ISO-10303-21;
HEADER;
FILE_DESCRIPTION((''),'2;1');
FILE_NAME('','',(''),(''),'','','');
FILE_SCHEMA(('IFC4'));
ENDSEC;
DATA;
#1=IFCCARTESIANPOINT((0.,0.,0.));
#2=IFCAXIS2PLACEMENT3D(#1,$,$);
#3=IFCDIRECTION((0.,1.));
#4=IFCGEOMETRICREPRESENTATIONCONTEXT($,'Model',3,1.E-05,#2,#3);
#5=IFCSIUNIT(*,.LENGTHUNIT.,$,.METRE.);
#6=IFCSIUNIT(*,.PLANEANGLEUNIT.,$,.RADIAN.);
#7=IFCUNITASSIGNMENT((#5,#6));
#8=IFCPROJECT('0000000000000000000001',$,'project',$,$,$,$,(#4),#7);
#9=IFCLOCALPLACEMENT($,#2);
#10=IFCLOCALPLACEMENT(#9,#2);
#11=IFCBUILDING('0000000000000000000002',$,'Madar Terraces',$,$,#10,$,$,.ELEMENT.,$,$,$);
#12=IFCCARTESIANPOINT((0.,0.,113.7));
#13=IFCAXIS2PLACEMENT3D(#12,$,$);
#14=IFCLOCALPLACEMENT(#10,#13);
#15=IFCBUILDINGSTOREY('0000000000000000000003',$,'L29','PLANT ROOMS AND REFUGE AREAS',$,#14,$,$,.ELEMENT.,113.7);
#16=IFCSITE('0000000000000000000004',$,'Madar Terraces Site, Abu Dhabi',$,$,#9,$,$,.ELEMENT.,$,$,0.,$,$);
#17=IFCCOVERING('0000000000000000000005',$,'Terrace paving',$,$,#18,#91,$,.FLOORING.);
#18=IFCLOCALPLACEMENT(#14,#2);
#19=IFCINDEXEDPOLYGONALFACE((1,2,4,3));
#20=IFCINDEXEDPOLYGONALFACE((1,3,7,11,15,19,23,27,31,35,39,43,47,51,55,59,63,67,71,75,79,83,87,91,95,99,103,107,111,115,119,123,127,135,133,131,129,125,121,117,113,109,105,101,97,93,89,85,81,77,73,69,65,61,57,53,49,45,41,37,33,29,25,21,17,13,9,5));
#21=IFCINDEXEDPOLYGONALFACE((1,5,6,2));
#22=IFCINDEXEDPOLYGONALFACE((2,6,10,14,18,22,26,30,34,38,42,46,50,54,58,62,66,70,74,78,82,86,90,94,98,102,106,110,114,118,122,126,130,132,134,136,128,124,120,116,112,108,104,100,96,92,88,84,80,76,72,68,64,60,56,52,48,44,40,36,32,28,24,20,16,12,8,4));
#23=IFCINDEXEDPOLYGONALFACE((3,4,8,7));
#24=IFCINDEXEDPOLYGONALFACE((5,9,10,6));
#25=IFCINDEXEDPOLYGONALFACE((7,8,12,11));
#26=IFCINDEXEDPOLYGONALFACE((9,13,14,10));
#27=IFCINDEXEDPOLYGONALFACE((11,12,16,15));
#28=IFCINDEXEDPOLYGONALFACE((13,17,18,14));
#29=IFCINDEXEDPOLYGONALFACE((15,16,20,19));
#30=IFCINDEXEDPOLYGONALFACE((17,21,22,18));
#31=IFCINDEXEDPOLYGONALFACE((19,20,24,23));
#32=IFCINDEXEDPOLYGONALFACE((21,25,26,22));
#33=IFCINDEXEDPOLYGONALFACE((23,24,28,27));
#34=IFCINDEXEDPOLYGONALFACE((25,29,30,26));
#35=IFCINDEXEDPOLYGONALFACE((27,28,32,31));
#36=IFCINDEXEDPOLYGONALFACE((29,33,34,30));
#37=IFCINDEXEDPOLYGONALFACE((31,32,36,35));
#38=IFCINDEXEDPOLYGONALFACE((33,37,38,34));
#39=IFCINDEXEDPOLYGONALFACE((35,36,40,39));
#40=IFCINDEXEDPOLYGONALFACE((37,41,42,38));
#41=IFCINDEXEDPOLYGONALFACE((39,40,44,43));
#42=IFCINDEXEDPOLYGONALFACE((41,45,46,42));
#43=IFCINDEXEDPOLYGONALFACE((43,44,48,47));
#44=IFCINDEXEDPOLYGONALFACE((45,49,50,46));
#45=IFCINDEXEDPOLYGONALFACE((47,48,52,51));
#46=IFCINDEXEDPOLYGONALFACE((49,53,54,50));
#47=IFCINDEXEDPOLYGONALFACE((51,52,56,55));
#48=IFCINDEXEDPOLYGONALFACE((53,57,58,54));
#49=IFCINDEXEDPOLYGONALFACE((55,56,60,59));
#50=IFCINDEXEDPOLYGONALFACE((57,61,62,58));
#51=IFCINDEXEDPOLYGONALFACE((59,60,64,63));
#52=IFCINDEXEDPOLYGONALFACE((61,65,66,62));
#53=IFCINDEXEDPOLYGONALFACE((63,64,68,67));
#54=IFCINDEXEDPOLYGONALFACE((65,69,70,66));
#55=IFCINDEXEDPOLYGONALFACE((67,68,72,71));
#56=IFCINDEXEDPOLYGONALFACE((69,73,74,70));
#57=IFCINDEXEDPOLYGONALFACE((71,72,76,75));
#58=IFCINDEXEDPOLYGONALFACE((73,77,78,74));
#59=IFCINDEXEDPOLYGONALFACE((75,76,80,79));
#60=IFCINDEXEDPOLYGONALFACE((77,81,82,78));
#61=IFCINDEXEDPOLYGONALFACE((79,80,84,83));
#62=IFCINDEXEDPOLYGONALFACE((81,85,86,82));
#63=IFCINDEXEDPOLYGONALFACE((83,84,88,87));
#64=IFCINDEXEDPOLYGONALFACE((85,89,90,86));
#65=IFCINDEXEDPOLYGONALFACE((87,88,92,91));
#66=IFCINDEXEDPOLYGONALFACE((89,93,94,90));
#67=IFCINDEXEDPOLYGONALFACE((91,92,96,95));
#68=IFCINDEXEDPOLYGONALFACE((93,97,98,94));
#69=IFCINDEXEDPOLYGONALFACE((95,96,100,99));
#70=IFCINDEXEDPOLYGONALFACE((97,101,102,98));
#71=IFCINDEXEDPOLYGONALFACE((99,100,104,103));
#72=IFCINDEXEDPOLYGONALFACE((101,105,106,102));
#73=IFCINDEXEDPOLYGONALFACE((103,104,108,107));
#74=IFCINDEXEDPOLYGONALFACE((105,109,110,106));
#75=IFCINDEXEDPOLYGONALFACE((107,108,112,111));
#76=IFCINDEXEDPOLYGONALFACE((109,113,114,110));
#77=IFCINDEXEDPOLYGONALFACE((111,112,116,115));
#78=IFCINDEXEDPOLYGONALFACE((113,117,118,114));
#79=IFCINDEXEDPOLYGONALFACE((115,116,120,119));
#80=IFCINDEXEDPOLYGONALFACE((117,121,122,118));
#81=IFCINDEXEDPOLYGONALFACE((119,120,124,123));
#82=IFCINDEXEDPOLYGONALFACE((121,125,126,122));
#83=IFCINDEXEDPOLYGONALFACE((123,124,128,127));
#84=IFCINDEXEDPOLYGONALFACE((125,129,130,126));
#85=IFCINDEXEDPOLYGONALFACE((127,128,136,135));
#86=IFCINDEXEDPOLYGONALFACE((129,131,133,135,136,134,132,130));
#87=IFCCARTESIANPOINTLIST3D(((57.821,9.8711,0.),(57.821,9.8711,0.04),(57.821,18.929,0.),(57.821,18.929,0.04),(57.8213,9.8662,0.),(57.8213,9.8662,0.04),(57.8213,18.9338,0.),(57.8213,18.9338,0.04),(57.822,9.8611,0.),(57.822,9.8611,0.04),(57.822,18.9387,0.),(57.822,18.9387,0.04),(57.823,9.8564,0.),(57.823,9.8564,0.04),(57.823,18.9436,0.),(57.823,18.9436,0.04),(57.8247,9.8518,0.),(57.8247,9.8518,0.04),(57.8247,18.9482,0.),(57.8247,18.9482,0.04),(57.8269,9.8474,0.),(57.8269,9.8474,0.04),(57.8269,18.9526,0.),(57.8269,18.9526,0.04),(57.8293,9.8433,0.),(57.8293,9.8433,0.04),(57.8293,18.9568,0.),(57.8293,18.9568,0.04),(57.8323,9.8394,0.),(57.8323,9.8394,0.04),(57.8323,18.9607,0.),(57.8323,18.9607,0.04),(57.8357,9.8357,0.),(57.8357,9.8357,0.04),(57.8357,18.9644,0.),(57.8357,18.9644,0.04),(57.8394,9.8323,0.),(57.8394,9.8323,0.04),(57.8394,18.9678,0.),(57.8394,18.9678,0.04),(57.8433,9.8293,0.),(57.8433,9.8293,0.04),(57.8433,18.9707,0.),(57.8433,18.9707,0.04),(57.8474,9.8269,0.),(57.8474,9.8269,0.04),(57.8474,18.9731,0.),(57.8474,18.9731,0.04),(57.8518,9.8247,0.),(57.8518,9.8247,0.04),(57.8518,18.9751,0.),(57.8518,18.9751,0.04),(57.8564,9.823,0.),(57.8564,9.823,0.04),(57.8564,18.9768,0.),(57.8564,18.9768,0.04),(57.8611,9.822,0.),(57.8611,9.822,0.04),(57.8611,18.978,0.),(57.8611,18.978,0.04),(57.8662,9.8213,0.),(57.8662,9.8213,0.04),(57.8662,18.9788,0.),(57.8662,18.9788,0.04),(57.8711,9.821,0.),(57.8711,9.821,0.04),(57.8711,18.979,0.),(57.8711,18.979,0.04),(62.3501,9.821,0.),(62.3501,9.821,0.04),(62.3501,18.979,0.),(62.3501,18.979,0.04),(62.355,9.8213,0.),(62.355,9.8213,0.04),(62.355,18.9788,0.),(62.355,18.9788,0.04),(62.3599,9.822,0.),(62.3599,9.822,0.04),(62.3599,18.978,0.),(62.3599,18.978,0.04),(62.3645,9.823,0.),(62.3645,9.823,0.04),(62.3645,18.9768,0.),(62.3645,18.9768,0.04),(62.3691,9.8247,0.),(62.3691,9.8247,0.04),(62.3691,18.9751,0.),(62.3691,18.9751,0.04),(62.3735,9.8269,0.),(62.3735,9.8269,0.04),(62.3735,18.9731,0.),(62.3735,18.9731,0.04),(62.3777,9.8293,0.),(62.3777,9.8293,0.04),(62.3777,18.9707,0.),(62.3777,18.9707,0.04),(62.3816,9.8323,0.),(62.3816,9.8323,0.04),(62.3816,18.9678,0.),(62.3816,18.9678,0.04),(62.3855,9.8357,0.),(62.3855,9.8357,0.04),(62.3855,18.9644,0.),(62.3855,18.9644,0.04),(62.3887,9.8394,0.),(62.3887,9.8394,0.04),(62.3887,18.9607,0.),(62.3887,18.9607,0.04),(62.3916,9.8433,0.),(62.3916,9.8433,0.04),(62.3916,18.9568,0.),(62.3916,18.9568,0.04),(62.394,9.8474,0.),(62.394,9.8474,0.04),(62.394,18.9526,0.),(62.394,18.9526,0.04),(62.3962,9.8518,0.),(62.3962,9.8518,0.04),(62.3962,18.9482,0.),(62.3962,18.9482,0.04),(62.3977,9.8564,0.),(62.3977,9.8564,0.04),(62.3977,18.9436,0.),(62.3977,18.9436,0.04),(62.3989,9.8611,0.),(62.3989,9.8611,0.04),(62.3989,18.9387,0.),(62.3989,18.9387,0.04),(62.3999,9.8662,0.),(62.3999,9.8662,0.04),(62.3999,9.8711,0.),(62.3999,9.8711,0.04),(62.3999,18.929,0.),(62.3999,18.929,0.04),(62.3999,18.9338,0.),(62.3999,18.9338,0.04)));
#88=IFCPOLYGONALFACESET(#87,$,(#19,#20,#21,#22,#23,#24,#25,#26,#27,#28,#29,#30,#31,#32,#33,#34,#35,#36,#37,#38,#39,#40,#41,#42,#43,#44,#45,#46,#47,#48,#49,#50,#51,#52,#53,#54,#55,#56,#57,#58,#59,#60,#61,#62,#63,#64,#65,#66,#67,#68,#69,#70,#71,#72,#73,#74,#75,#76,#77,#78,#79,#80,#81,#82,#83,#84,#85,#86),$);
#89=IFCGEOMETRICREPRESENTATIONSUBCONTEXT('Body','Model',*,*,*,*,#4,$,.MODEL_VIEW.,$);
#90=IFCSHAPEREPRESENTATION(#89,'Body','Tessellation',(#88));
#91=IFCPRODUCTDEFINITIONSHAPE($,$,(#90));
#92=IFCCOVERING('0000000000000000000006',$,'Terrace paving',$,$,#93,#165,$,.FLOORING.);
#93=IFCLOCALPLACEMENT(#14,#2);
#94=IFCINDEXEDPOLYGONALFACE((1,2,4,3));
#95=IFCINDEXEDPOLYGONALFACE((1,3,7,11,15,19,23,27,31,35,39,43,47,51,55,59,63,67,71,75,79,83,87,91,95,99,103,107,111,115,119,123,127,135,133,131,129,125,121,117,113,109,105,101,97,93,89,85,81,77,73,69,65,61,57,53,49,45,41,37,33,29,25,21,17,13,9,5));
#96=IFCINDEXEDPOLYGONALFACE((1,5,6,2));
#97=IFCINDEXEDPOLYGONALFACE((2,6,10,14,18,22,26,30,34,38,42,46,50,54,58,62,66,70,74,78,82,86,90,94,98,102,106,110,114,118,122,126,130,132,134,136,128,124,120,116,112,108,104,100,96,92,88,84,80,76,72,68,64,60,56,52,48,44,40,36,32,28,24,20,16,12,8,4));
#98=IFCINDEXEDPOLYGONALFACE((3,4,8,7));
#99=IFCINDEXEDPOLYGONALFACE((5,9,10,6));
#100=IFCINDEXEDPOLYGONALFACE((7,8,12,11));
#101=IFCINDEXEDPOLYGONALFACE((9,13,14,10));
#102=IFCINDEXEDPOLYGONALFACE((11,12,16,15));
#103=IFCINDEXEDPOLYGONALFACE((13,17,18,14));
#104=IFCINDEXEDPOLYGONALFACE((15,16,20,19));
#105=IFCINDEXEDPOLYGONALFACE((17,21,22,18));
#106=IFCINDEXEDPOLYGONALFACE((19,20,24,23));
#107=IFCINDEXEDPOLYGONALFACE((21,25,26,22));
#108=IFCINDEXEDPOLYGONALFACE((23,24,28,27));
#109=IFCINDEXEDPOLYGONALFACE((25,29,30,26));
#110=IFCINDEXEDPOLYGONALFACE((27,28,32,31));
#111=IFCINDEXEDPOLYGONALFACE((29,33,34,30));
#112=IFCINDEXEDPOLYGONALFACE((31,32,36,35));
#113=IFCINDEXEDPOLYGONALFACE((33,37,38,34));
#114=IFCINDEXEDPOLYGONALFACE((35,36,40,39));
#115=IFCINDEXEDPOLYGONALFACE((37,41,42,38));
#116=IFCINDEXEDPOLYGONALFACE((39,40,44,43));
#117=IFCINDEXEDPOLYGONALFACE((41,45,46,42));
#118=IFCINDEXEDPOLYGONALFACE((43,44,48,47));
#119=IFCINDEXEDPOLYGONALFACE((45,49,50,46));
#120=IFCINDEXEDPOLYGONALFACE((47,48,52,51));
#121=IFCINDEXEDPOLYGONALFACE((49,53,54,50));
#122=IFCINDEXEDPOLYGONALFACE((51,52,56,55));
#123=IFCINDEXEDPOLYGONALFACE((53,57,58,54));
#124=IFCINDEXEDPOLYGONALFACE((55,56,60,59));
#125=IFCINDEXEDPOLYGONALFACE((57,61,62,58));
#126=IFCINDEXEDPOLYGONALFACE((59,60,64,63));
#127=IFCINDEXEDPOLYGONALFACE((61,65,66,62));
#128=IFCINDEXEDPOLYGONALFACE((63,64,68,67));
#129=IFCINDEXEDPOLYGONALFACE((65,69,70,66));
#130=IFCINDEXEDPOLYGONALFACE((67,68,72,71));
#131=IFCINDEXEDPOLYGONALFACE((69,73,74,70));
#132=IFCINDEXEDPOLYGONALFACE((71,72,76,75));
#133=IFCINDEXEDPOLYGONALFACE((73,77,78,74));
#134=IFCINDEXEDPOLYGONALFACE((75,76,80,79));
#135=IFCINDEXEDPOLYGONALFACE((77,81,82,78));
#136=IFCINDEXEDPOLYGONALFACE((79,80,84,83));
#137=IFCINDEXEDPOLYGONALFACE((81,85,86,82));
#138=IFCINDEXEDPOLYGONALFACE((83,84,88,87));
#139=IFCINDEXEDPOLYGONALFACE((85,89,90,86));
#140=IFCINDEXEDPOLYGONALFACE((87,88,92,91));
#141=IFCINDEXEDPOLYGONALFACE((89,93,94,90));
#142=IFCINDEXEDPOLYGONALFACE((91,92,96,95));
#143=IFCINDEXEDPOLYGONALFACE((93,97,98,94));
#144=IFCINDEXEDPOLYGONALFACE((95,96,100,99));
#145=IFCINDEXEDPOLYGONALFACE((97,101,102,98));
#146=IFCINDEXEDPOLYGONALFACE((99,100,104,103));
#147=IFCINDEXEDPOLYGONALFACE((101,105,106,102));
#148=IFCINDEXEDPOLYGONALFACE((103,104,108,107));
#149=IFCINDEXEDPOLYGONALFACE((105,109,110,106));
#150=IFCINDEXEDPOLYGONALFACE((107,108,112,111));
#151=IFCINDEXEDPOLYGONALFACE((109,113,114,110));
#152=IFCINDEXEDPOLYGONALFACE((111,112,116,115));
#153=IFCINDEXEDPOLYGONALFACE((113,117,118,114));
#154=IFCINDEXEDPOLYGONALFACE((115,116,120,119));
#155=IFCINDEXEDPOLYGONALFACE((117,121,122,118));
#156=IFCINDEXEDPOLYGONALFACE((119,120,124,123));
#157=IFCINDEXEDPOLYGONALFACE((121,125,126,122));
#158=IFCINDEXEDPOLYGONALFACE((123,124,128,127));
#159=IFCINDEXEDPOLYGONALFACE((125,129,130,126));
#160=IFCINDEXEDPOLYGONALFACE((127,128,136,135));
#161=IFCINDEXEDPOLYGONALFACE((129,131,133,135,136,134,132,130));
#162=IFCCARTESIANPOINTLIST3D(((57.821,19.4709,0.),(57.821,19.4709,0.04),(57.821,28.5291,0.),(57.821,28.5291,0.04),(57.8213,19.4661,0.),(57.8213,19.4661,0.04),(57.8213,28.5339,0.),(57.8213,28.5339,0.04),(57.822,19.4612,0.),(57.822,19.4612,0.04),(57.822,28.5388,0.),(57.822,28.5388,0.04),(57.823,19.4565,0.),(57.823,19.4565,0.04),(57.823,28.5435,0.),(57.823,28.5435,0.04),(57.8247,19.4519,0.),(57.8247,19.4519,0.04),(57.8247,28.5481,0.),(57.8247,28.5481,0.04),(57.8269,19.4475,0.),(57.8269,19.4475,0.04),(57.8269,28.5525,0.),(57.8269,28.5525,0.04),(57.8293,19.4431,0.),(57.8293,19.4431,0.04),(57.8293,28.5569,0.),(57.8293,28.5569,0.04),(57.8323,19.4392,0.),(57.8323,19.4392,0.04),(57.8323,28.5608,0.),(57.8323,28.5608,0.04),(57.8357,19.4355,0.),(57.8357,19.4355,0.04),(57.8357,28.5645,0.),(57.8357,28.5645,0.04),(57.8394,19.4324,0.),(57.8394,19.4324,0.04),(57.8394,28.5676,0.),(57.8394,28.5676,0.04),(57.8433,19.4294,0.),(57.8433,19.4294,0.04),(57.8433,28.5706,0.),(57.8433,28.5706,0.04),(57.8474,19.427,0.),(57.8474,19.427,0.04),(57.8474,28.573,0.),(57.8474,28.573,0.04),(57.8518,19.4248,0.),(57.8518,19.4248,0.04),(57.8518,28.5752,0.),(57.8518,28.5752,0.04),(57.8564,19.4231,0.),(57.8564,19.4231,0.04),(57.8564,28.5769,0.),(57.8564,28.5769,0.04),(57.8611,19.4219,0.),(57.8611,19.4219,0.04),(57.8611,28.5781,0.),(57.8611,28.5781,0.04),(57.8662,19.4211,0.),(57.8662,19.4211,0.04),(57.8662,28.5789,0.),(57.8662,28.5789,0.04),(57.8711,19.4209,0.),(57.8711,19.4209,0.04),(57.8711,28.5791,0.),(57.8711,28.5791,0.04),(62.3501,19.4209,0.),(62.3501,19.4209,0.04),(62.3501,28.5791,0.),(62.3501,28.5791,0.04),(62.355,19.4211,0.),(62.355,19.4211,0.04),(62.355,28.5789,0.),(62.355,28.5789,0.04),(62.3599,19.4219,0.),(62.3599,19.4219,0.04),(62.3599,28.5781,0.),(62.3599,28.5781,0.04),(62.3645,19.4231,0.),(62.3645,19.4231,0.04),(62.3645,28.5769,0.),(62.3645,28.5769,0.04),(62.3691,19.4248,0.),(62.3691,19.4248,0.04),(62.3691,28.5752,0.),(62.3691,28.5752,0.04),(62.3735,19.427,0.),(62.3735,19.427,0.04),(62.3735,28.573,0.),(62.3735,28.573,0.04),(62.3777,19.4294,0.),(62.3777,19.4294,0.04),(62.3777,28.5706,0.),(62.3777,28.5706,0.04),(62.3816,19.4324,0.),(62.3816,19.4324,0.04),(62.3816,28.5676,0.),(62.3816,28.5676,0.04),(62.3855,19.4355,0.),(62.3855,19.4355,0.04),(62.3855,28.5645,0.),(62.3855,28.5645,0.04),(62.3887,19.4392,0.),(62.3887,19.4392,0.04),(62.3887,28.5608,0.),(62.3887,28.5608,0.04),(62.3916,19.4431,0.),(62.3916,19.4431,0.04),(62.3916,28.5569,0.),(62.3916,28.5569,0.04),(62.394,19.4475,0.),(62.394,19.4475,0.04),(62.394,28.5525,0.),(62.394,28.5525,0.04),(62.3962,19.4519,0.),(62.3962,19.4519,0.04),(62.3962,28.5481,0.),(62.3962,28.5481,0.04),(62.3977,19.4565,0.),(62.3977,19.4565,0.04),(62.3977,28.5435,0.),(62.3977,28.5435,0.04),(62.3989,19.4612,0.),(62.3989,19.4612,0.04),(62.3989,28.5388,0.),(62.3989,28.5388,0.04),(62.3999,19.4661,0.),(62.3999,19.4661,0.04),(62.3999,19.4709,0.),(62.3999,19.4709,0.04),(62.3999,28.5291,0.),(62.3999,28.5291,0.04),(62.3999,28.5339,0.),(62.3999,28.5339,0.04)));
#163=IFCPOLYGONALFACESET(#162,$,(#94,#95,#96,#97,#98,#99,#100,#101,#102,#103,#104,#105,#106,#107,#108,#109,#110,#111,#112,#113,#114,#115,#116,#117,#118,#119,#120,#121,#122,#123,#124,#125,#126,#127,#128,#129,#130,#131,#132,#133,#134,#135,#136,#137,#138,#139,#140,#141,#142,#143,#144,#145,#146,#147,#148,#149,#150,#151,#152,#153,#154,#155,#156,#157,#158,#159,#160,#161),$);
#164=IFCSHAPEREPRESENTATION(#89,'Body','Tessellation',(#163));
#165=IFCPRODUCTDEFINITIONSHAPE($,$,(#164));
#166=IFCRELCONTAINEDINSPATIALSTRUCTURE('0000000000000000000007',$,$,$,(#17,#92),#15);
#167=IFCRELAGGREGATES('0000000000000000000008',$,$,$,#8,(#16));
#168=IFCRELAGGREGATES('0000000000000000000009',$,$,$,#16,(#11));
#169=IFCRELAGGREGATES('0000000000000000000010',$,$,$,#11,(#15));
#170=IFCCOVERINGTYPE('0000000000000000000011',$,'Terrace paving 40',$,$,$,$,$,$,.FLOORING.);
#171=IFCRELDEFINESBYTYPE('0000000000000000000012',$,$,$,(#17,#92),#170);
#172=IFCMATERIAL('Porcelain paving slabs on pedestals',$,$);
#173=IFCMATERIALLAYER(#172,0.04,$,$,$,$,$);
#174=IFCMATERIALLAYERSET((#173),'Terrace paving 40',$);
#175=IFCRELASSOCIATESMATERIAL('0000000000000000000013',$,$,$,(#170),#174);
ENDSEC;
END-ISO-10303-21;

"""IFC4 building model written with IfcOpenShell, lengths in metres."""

from ifc_helpers import new_model, si_unit, direction, frame, origin, place, context, subcontext, project, spatial, polyline, outline, extrude, material, layer, layer_set, type_object, element, save


model = new_model("IFC4")

# Units and contexts
model_context = context("Model", 3, precision=1e-05, world=origin(), true_north=direction((0.0, 1.0)))
body_context = subcontext(model_context, "Body", "Model", "MODEL_VIEW")
ifc_project = project(units=[si_unit("LENGTHUNIT", "METRE"), si_unit("PLANEANGLEUNIT", "RADIAN")], contexts=[model_context])

# Site, building, storey
site_placement = place(None, origin())
site = spatial("IfcSite", under=ifc_project, at=site_placement, Name="Madar Terraces Site, Abu Dhabi", CompositionType="ELEMENT", RefElevation=0.0)
building_placement = place(site_placement, origin())
building = spatial("IfcBuilding", under=site, at=building_placement, Name="Madar Terraces", CompositionType="ELEMENT")
storey_placement = place(building_placement, frame((0.0, 0.0, 113.7)))
storey = spatial("IfcBuildingStorey", under=building, at=storey_placement, Name="L29", Description="PLANT ROOMS AND REFUGE AREAS", CompositionType="ELEMENT", Elevation=113.7)

# Coverings
ifc_material_1 = material(Name="Porcelain paving slabs on pedestals")
ifc_layer_1 = layer(ifc_material_1, 0.04)
ifc_layer_set_1 = layer_set([ifc_layer_1], Name="Terrace paving 40")
covering_type = type_object("IfcCoveringType", Name="Terrace paving 40", PredefinedType="FLOORING", material=ifc_layer_set_1)
covering_1_placement = place(storey_placement, origin())
element("IfcCovering", 1, at=covering_1_placement, inside=storey, type_object=covering_type, Name="Terrace paving", PredefinedType="FLOORING", context=body_context, shape_type="SweptSolid", body=[
    extrude(outline(polyline([(62.3977, 9.8564), (62.3962, 9.8518), (62.394, 9.8474), (62.3916, 9.8433), (62.3887, 9.8394), (62.3855, 9.8357), (62.3816, 9.8323), (62.3777, 9.8293), (62.3735, 9.8269), (62.3691, 9.8247), (62.3645, 9.823), (62.3599, 9.822), (62.355, 9.8213), (62.3501, 9.821), (57.8711, 9.821), (57.8662, 9.8213), (57.8611, 9.822), (57.8564, 9.823), (57.8518, 9.8247), (57.8474, 9.8269), (57.8433, 9.8293), (57.8394, 9.8323), (57.8357, 9.8357), (57.8323, 9.8394), (57.8293, 9.8433), (57.8269, 9.8474), (57.8247, 9.8518), (57.823, 9.8564), (57.822, 9.8611), (57.8213, 9.8662), (57.821, 9.8711), (57.821, 18.929), (57.8213, 18.9338), (57.822, 18.9387), (57.823, 18.9436), (57.8247, 18.9482), (57.8269, 18.9526), (57.8293, 18.9568), (57.8323, 18.9607), (57.8357, 18.9644), (57.8394, 18.9678), (57.8433, 18.9707), (57.8474, 18.9731), (57.8518, 18.9751), (57.8564, 18.9768), (57.8611, 18.978), (57.8662, 18.9788), (57.8711, 18.979), (62.3501, 18.979), (62.355, 18.9788), (62.3599, 18.978), (62.3645, 18.9768), (62.3691, 18.9751), (62.3735, 18.9731), (62.3777, 18.9707), (62.3816, 18.9678), (62.3855, 18.9644), (62.3887, 18.9607), (62.3916, 18.9568), (62.394, 18.9526), (62.3962, 18.9482), (62.3977, 18.9436), (62.3989, 18.9387), (62.3999, 18.9338), (62.3999, 18.929), (62.3999, 9.8711), (62.3999, 9.8662), (62.3989, 9.8611), (62.3977, 9.8564)])), origin(), (0.0, 0.0, 1.0), 0.04),
])
covering_2_placement = place(storey_placement, origin())
element("IfcCovering", 2, at=covering_2_placement, inside=storey, type_object=covering_type, Name="Terrace paving", PredefinedType="FLOORING", context=body_context, shape_type="SweptSolid", body=[
    extrude(outline(polyline([(62.3977, 19.4565), (62.3962, 19.4519), (62.394, 19.4475), (62.3916, 19.4431), (62.3887, 19.4392), (62.3855, 19.4355), (62.3816, 19.4324), (62.3777, 19.4294), (62.3735, 19.427), (62.3691, 19.4248), (62.3645, 19.4231), (62.3599, 19.4219), (62.355, 19.4211), (62.3501, 19.4209), (57.8711, 19.4209), (57.8662, 19.4211), (57.8611, 19.4219), (57.8564, 19.4231), (57.8518, 19.4248), (57.8474, 19.427), (57.8433, 19.4294), (57.8394, 19.4324), (57.8357, 19.4355), (57.8323, 19.4392), (57.8293, 19.4431), (57.8269, 19.4475), (57.8247, 19.4519), (57.823, 19.4565), (57.822, 19.4612), (57.8213, 19.4661), (57.821, 19.4709), (57.821, 28.5291), (57.8213, 28.5339), (57.822, 28.5388), (57.823, 28.5435), (57.8247, 28.5481), (57.8269, 28.5525), (57.8293, 28.5569), (57.8323, 28.5608), (57.8357, 28.5645), (57.8394, 28.5676), (57.8433, 28.5706), (57.8474, 28.573), (57.8518, 28.5752), (57.8564, 28.5769), (57.8611, 28.5781), (57.8662, 28.5789), (57.8711, 28.5791), (62.3501, 28.5791), (62.355, 28.5789), (62.3599, 28.5781), (62.3645, 28.5769), (62.3691, 28.5752), (62.3735, 28.573), (62.3777, 28.5706), (62.3816, 28.5676), (62.3855, 28.5645), (62.3887, 28.5608), (62.3916, 28.5569), (62.394, 28.5525), (62.3962, 28.5481), (62.3977, 28.5435), (62.3989, 28.5388), (62.3999, 28.5339), (62.3999, 28.5291), (62.3999, 19.4709), (62.3999, 19.4661), (62.3989, 19.4612), (62.3977, 19.4565)])), origin(), (0.0, 0.0, 1.0), 0.04),
])

save(model, "model.ifc")
